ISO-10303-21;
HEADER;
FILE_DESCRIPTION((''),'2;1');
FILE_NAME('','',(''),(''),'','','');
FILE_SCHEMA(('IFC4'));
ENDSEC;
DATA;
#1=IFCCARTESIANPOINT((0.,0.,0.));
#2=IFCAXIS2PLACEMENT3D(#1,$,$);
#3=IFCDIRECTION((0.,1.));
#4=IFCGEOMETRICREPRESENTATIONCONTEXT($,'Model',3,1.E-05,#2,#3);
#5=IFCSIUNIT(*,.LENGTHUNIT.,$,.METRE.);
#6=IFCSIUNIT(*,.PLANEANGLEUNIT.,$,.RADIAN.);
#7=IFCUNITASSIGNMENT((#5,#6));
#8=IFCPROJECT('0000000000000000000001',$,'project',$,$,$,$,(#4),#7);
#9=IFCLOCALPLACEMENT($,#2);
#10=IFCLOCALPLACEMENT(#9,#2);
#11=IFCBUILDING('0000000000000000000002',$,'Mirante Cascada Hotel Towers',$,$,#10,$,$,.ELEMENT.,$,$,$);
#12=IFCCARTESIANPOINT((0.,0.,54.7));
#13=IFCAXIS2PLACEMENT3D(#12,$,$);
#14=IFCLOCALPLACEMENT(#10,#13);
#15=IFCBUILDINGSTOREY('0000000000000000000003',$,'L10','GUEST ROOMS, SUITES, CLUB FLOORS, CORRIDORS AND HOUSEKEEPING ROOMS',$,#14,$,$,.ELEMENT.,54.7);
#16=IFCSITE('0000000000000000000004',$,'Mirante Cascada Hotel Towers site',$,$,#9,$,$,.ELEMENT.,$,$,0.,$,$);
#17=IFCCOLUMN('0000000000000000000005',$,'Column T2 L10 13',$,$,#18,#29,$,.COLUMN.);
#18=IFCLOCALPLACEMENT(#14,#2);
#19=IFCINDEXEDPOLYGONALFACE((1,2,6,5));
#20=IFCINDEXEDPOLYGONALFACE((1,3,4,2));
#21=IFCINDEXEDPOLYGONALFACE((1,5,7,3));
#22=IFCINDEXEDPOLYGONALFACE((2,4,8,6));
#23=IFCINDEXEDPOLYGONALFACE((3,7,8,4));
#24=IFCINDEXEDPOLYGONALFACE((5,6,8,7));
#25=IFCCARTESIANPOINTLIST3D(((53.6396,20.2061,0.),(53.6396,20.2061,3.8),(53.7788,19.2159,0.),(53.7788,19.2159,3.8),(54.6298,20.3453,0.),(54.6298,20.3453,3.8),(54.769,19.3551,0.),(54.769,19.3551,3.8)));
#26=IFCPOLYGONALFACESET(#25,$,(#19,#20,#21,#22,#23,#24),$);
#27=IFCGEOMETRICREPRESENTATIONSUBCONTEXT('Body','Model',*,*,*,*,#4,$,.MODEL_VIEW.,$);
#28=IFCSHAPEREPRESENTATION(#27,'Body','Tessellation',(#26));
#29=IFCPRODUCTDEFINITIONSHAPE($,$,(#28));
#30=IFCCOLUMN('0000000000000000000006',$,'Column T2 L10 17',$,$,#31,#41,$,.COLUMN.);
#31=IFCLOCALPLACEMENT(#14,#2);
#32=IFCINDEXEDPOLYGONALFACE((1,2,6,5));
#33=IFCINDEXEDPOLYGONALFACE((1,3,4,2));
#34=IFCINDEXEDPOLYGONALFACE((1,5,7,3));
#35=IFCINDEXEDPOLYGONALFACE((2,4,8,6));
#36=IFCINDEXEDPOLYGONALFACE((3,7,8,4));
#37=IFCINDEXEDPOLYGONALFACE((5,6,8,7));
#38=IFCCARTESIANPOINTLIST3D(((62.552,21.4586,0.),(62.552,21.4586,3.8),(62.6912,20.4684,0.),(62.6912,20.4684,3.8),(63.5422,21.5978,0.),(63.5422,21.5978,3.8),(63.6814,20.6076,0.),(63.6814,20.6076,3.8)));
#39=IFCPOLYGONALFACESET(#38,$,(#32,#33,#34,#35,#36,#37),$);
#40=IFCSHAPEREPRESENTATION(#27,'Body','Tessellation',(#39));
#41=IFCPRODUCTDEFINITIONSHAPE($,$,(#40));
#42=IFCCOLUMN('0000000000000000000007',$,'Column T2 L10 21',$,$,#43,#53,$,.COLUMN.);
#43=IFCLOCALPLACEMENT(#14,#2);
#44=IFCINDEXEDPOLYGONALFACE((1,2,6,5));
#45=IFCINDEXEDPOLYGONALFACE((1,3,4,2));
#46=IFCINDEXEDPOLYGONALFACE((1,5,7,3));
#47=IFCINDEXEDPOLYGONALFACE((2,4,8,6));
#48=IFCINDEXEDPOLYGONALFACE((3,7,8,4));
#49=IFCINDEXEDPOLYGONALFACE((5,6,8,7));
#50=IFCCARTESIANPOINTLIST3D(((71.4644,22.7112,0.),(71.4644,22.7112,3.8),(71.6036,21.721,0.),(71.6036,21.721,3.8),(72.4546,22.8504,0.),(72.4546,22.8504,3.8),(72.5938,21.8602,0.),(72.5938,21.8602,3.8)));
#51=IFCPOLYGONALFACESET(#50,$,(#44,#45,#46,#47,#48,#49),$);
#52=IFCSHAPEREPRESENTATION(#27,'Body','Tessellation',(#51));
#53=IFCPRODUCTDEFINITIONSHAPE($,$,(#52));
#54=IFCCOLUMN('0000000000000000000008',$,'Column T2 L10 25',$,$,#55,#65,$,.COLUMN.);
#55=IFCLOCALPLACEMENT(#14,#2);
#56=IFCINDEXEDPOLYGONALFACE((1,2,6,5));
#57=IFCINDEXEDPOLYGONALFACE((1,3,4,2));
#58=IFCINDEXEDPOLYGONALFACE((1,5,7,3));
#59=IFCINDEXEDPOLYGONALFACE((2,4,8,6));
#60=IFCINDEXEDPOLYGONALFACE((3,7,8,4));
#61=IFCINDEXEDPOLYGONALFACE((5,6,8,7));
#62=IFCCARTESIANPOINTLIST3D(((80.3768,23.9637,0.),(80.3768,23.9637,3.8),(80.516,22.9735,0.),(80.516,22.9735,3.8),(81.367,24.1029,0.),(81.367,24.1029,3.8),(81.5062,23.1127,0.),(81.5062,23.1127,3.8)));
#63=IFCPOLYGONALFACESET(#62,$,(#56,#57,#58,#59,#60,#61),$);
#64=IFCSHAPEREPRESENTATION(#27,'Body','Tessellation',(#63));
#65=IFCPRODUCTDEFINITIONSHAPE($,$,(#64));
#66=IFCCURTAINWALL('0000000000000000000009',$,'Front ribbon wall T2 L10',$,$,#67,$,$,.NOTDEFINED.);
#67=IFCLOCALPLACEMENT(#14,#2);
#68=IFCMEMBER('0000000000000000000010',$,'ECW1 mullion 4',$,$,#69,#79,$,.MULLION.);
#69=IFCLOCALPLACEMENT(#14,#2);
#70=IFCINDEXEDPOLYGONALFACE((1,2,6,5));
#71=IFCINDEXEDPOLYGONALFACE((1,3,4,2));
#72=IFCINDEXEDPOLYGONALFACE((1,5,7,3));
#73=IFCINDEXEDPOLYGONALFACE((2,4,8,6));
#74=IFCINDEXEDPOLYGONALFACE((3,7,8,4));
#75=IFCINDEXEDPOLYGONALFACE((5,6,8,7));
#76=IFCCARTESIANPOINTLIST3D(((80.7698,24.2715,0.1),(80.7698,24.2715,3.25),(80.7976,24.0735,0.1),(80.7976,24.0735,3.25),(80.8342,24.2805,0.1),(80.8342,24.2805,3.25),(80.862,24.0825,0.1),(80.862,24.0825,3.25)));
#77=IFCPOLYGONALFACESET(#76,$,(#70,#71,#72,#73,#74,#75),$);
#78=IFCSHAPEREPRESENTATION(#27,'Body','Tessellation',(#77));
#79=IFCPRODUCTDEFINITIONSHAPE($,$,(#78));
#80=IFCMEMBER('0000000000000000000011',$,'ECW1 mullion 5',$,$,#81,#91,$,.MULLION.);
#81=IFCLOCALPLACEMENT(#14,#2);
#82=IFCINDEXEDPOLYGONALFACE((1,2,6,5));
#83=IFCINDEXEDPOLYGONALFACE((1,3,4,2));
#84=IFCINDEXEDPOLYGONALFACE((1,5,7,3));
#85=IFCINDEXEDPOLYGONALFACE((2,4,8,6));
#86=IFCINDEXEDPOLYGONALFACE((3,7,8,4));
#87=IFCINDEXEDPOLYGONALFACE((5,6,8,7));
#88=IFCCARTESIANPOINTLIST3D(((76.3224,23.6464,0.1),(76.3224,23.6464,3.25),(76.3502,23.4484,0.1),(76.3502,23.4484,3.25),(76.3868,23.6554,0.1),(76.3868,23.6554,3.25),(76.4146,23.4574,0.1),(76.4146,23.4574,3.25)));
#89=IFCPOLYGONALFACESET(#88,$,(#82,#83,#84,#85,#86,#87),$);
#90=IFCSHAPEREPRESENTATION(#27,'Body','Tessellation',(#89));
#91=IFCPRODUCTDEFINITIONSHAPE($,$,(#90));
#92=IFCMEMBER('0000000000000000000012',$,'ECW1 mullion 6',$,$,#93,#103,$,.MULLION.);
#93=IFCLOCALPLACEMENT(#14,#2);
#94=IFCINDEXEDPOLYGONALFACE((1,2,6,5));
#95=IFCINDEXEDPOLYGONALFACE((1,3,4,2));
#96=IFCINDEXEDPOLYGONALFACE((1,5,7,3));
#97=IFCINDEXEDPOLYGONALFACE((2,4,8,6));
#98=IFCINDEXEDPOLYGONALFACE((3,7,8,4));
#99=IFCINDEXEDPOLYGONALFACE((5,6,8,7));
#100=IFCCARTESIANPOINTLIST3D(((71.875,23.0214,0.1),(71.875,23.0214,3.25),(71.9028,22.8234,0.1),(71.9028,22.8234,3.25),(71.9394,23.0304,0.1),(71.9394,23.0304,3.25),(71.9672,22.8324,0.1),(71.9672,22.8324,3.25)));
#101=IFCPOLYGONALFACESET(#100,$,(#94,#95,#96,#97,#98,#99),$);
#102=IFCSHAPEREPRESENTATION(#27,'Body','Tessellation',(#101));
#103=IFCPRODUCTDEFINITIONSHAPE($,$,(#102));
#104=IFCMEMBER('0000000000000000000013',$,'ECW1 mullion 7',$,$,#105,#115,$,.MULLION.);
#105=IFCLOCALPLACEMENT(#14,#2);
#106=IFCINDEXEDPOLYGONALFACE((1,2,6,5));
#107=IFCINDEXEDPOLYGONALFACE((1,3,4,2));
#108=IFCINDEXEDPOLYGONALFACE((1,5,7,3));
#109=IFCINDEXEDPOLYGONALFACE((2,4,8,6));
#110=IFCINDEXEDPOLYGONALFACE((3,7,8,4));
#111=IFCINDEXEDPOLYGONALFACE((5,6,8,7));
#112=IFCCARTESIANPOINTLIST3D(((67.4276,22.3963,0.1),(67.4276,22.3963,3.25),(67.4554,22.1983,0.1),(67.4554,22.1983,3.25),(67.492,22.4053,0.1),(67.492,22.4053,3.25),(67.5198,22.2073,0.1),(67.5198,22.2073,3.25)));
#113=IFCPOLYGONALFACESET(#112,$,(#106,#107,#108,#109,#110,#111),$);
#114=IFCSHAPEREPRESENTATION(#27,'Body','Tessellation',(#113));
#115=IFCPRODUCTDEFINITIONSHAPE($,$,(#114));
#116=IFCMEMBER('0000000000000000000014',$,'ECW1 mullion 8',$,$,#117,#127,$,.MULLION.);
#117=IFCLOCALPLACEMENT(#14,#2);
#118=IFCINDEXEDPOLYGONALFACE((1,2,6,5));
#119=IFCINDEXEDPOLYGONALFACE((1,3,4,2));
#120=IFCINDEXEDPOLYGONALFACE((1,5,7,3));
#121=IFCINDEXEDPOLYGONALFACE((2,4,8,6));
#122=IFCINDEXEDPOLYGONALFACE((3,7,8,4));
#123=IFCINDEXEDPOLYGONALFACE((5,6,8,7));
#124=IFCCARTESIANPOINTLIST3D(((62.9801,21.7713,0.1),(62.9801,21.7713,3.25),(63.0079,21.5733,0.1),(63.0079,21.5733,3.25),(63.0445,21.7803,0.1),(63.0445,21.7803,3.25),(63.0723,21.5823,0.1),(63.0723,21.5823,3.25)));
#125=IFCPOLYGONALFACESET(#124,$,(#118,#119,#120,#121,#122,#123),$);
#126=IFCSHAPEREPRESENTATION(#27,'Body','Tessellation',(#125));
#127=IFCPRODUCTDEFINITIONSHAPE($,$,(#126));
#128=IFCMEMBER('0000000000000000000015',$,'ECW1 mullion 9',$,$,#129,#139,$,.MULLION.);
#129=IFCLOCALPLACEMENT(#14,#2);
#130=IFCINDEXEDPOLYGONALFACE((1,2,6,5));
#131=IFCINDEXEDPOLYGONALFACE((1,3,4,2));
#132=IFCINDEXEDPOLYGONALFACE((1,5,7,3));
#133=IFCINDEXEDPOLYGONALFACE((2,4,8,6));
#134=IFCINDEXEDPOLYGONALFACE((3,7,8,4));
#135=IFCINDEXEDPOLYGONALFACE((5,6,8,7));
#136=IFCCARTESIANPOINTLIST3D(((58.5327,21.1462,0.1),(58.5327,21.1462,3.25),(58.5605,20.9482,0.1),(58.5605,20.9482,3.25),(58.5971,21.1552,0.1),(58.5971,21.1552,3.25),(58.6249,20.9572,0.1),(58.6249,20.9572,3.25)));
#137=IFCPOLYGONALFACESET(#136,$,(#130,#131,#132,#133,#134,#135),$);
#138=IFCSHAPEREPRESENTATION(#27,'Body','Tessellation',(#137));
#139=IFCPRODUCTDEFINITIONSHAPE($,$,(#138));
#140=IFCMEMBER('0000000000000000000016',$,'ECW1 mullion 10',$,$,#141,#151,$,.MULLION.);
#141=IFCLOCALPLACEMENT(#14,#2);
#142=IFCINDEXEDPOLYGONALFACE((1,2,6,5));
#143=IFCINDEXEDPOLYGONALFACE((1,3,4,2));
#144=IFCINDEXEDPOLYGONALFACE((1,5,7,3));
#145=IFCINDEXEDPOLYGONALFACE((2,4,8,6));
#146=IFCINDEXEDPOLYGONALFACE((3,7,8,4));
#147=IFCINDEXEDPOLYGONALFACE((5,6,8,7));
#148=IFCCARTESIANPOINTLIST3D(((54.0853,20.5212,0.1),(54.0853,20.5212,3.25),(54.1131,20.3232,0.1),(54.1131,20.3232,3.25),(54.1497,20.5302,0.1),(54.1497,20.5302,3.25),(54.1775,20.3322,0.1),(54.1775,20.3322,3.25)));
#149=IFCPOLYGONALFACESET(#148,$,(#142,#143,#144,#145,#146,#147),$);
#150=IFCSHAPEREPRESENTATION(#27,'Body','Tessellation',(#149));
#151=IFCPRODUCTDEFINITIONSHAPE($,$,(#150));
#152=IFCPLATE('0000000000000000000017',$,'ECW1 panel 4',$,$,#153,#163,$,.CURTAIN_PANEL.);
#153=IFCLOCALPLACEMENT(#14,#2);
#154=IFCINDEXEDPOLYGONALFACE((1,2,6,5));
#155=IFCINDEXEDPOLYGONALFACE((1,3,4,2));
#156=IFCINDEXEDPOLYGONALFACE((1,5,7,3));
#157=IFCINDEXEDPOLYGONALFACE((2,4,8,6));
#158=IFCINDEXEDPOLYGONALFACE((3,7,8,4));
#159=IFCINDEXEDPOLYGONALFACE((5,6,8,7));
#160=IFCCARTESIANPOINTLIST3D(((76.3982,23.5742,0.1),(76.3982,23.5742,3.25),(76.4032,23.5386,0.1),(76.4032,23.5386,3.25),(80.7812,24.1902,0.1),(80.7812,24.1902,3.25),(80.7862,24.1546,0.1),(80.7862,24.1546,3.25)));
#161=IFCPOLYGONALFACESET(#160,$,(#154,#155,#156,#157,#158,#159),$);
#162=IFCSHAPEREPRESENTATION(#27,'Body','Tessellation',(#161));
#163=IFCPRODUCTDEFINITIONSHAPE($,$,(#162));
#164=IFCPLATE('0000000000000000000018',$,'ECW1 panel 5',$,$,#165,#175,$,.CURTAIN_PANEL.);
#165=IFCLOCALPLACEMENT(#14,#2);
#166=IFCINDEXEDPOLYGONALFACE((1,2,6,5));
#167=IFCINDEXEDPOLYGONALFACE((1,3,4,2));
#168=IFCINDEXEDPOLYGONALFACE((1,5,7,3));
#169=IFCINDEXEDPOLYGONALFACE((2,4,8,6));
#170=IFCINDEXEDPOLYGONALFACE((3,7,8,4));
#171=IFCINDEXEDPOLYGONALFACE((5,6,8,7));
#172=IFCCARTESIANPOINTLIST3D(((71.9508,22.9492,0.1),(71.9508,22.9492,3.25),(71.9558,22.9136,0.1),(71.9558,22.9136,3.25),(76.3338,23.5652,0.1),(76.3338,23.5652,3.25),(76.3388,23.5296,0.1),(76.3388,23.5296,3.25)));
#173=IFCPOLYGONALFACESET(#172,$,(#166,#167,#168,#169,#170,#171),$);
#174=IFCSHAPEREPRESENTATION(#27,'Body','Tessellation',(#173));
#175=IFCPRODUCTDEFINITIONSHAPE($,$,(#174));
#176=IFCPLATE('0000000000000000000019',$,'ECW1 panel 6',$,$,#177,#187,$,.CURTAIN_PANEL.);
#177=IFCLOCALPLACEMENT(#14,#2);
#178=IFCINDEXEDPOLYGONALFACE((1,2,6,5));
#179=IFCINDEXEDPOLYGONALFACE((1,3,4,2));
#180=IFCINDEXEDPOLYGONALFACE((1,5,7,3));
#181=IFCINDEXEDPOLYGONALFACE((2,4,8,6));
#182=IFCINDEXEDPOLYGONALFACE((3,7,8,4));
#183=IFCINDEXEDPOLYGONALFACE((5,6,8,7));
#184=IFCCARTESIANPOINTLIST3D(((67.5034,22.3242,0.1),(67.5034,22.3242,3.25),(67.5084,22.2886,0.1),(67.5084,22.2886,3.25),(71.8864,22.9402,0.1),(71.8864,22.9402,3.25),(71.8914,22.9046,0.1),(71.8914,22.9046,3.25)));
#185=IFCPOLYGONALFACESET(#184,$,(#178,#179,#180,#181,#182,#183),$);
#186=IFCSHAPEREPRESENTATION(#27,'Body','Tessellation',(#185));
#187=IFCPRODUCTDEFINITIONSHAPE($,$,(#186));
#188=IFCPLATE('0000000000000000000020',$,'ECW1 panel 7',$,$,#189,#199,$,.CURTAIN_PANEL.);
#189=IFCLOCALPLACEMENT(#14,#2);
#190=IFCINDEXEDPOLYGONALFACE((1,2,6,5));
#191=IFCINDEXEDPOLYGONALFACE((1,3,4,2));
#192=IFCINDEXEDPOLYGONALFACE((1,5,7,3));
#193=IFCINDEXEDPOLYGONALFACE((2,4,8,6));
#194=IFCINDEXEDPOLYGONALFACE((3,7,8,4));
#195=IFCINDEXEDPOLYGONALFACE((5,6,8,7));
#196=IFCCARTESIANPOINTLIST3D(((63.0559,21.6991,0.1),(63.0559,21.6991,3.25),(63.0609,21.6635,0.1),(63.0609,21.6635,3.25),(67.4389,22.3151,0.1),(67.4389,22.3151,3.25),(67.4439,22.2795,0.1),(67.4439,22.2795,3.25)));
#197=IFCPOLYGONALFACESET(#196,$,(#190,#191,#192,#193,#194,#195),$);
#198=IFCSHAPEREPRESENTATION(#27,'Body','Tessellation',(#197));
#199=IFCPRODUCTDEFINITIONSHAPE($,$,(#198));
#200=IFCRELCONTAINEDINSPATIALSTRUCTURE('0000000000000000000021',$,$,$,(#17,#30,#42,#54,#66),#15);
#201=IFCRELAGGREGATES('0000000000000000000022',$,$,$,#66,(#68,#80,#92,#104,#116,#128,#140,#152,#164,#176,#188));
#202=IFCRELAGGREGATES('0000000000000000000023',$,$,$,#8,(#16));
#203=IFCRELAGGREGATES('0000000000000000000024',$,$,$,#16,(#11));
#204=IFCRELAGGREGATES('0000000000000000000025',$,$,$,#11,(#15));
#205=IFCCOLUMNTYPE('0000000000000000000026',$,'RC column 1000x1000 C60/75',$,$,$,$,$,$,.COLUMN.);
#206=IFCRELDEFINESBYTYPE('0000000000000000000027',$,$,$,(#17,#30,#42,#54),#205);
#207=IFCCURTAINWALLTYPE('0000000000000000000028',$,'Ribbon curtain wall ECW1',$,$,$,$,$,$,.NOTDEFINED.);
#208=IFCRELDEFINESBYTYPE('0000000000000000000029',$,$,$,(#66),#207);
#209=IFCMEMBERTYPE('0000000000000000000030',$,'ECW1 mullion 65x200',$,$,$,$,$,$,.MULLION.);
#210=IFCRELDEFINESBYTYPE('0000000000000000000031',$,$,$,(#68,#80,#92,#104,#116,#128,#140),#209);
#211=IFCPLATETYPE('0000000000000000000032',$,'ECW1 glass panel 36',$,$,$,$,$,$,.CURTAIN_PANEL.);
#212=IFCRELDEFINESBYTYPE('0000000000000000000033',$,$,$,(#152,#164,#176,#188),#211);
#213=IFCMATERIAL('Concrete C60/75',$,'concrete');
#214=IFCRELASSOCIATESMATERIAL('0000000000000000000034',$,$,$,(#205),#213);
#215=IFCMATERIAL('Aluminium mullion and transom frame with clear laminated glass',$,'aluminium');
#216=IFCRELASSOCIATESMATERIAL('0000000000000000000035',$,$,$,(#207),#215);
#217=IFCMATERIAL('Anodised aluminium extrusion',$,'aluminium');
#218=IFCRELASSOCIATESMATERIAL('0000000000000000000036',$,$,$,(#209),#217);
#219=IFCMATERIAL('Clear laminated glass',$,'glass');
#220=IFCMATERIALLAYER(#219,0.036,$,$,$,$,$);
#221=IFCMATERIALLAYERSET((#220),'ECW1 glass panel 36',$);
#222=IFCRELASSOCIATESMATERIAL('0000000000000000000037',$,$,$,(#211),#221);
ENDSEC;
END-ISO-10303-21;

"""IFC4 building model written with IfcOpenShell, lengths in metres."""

from ifc_helpers import new_model, si_unit, direction, frame, origin, origin_2d, place, context, subcontext, project, spatial, rectangle, extrude, material, layer, layer_set, material_profile, profile_set, type_object, element, aggregate, save


model = new_model("IFC4")

# Units and contexts
model_context = context("Model", 3, precision=1e-05, world=origin(), true_north=direction((0.0, 1.0)))
body_context = subcontext(model_context, "Body", "Model", "MODEL_VIEW")
ifc_project = project(units=[si_unit("LENGTHUNIT", "METRE"), si_unit("PLANEANGLEUNIT", "RADIAN")], contexts=[model_context])

# Site, building, storey
site_placement = place(None, origin())
site = spatial("IfcSite", under=ifc_project, at=site_placement, Name="Mirante Cascada Hotel Towers site", CompositionType="ELEMENT", RefElevation=0.0)
building_placement = place(site_placement, origin())
building = spatial("IfcBuilding", under=site, at=building_placement, Name="Mirante Cascada Hotel Towers", CompositionType="ELEMENT")
storey_placement = place(building_placement, frame((0.0, 0.0, 54.7)))
storey = spatial("IfcBuildingStorey", under=building, at=storey_placement, Name="L10", Description="GUEST ROOMS, SUITES, CLUB FLOORS, CORRIDORS AND HOUSEKEEPING ROOMS", CompositionType="ELEMENT", Elevation=54.7)

# Columns
ifc_material_1 = material(Name="Concrete C60/75", Category="concrete")
ifc_material_profile_1 = material_profile(ifc_material_1, rectangle(XDim=1.0, YDim=1.0, at=origin_2d()), Name="RC column 1000x1000 C60/75")
ifc_profile_set_1 = profile_set([ifc_material_profile_1], Name="Concrete C60/75")
column_type = type_object("IfcColumnType", Name="RC column 1000x1000 C60/75", PredefinedType="COLUMN", material=ifc_profile_set_1)
for number, where, z_axis, x_axis, name in (
    (1, (54.2043, 19.7806, 0.0), (0.0, 0.0, 1.0), (0.990268, 0.139173, 0.0), "Column T2 L10 13"),
    (2, (63.1167, 21.0331, 0.0), (0.0, 0.0, 1.0), (0.990268, 0.139173, 0.0), "Column T2 L10 17"),
    (3, (72.0291, 22.2857, 0.0), (0.0, 0.0, 1.0), (0.990268, 0.139173, 0.0), "Column T2 L10 21"),
    (4, (80.9415, 23.5382, 0.0), (0.0, 0.0, 1.0), (0.990268, 0.139173, 0.0), "Column T2 L10 25"),
):
    element("IfcColumn", number, at=place(storey_placement, frame(where, z_axis=z_axis, x_axis=x_axis)), inside=storey, type_object=column_type, Name=name, PredefinedType="COLUMN", context=body_context, shape_type="SweptSolid", body=[
        extrude(rectangle(XDim=1.0, YDim=1.0, at=origin_2d()), origin(), (0.0, 0.0, 1.0), 3.8),
    ])

# Curtain wall, members, plates
ifc_material_2 = material(Name="Aluminium mullion and transom frame with clear laminated glass", Category="aluminium")
curtain_wall_type = type_object("IfcCurtainWallType", Name="Ribbon curtain wall ECW1", PredefinedType="NOTDEFINED", material=ifc_material_2)
curtain_wall_placement = place(storey_placement, origin())
curtain_wall = element("IfcCurtainWall", 5, at=curtain_wall_placement, inside=storey, type_object=curtain_wall_type, Name="Front ribbon wall T2 L10", PredefinedType="NOTDEFINED")
ifc_material_3 = material(Name="Anodised aluminium extrusion", Category="aluminium")
ifc_material_profile_2 = material_profile(ifc_material_3, rectangle(XDim=0.2, YDim=0.065, at=origin_2d()), Name="ECW1 MULLION 65x200")
ifc_profile_set_2 = profile_set([ifc_material_profile_2], Name="Anodised aluminium extrusion")
member_type = type_object("IfcMemberType", Name="ECW1 mullion 65x200", PredefinedType="MULLION", material=ifc_profile_set_2)
member_1_placement = place(storey_placement, frame((80.8159, 24.177, 0.1), z_axis=(0.0, 0.0, 1.0), x_axis=(0.139173, -0.990268, 0.0)))
member_1 = element("IfcMember", 6, at=member_1_placement, type_object=member_type, Name="ECW1 mullion 4", PredefinedType="MULLION", context=body_context, shape_type="SweptSolid", body=[
    extrude(rectangle(XDim=0.2, YDim=0.065, at=origin_2d()), origin(), (0.0, 0.0, 1.0), 3.15),
])
member_2_placement = place(storey_placement, frame((76.3685, 23.5519, 0.1), z_axis=(0.0, 0.0, 1.0), x_axis=(0.139173, -0.990268, 0.0)))
member_2 = element("IfcMember", 7, at=member_2_placement, type_object=member_type, Name="ECW1 mullion 5", PredefinedType="MULLION", context=body_context, shape_type="SweptSolid", body=[
    extrude(rectangle(XDim=0.2, YDim=0.065, at=origin_2d()), origin(), (0.0, 0.0, 1.0), 3.15),
])
member_3_placement = place(storey_placement, frame((71.9211, 22.9269, 0.1), z_axis=(0.0, 0.0, 1.0), x_axis=(0.139173, -0.990268, 0.0)))
member_3 = element("IfcMember", 8, at=member_3_placement, type_object=member_type, Name="ECW1 mullion 6", PredefinedType="MULLION", context=body_context, shape_type="SweptSolid", body=[
    extrude(rectangle(XDim=0.2, YDim=0.065, at=origin_2d()), origin(), (0.0, 0.0, 1.0), 3.15),
])
member_4_placement = place(storey_placement, frame((67.4737, 22.3018, 0.1), z_axis=(0.0, 0.0, 1.0), x_axis=(0.139173, -0.990268, 0.0)))
member_4 = element("IfcMember", 9, at=member_4_placement, type_object=member_type, Name="ECW1 mullion 7", PredefinedType="MULLION", context=body_context, shape_type="SweptSolid", body=[
    extrude(rectangle(XDim=0.2, YDim=0.065, at=origin_2d()), origin(), (0.0, 0.0, 1.0), 3.15),
])
member_5_placement = place(storey_placement, frame((63.0262, 21.6768, 0.1), z_axis=(0.0, 0.0, 1.0), x_axis=(0.139173, -0.990268, 0.0)))
member_5 = element("IfcMember", 10, at=member_5_placement, type_object=member_type, Name="ECW1 mullion 8", PredefinedType="MULLION", context=body_context, shape_type="SweptSolid", body=[
    extrude(rectangle(XDim=0.2, YDim=0.065, at=origin_2d()), origin(), (0.0, 0.0, 1.0), 3.15),
])
member_6_placement = place(storey_placement, frame((58.5788, 21.0517, 0.1), z_axis=(0.0, 0.0, 1.0), x_axis=(0.139173, -0.990268, 0.0)))
member_6 = element("IfcMember", 11, at=member_6_placement, type_object=member_type, Name="ECW1 mullion 9", PredefinedType="MULLION", context=body_context, shape_type="SweptSolid", body=[
    extrude(rectangle(XDim=0.2, YDim=0.065, at=origin_2d()), origin(), (0.0, 0.0, 1.0), 3.15),
])
member_7_placement = place(storey_placement, frame((54.1314, 20.4267, 0.1), z_axis=(0.0, 0.0, 1.0), x_axis=(0.139173, -0.990268, 0.0)))
member_7 = element("IfcMember", 12, at=member_7_placement, type_object=member_type, Name="ECW1 mullion 10", PredefinedType="MULLION", context=body_context, shape_type="SweptSolid", body=[
    extrude(rectangle(XDim=0.2, YDim=0.065, at=origin_2d()), origin(), (0.0, 0.0, 1.0), 3.15),
])
ifc_material_4 = material(Name="Clear laminated glass", Category="glass")
ifc_layer_1 = layer(ifc_material_4, 0.036)
ifc_layer_set_1 = layer_set([ifc_layer_1], Name="ECW1 glass panel 36")
plate_type = type_object("IfcPlateType", Name="ECW1 glass panel 36", PredefinedType="CURTAIN_PANEL", material=ifc_layer_set_1)
plate_1_placement = place(storey_placement, frame((78.5922, 23.8644, 0.1), z_axis=(0.0, 0.0, 1.0), x_axis=(-0.990268, -0.139173, 0.0)))
plate_1 = element("IfcPlate", 13, at=plate_1_placement, type_object=plate_type, Name="ECW1 panel 4", PredefinedType="CURTAIN_PANEL", context=body_context, shape_type="SweptSolid", body=[
    extrude(rectangle(XDim=4.4261, YDim=0.036, at=origin_2d()), origin(), (0.0, 0.0, 1.0), 3.15),
])
plate_2_placement = place(storey_placement, frame((74.1448, 23.2394, 0.1), z_axis=(0.0, 0.0, 1.0), x_axis=(-0.990268, -0.139173, 0.0)))
plate_2 = element("IfcPlate", 14, at=plate_2_placement, type_object=plate_type, Name="ECW1 panel 5", PredefinedType="CURTAIN_PANEL", context=body_context, shape_type="SweptSolid", body=[
    extrude(rectangle(XDim=4.4261, YDim=0.036, at=origin_2d()), origin(), (0.0, 0.0, 1.0), 3.15),
])
plate_3_placement = place(storey_placement, frame((69.6974, 22.6144, 0.1), z_axis=(0.0, 0.0, 1.0), x_axis=(-0.990268, -0.139173, 0.0)))
plate_3 = element("IfcPlate", 15, at=plate_3_placement, type_object=plate_type, Name="ECW1 panel 6", PredefinedType="CURTAIN_PANEL", context=body_context, shape_type="SweptSolid", body=[
    extrude(rectangle(XDim=4.4261, YDim=0.036, at=origin_2d()), origin(), (0.0, 0.0, 1.0), 3.15),
])
plate_4_placement = place(storey_placement, frame((65.2499, 21.9893, 0.1), z_axis=(0.0, 0.0, 1.0), x_axis=(-0.990268, -0.139173, 0.0)))
plate_4 = element("IfcPlate", 16, at=plate_4_placement, type_object=plate_type, Name="ECW1 panel 7", PredefinedType="CURTAIN_PANEL", context=body_context, shape_type="SweptSolid", body=[
    extrude(rectangle(XDim=4.4261, YDim=0.036, at=origin_2d()), origin(), (0.0, 0.0, 1.0), 3.15),
])
aggregate(curtain_wall, [member_1, member_2, member_3, member_4, member_5, member_6, member_7, plate_1, plate_2, plate_3, plate_4])

save(model, "model.ifc")
